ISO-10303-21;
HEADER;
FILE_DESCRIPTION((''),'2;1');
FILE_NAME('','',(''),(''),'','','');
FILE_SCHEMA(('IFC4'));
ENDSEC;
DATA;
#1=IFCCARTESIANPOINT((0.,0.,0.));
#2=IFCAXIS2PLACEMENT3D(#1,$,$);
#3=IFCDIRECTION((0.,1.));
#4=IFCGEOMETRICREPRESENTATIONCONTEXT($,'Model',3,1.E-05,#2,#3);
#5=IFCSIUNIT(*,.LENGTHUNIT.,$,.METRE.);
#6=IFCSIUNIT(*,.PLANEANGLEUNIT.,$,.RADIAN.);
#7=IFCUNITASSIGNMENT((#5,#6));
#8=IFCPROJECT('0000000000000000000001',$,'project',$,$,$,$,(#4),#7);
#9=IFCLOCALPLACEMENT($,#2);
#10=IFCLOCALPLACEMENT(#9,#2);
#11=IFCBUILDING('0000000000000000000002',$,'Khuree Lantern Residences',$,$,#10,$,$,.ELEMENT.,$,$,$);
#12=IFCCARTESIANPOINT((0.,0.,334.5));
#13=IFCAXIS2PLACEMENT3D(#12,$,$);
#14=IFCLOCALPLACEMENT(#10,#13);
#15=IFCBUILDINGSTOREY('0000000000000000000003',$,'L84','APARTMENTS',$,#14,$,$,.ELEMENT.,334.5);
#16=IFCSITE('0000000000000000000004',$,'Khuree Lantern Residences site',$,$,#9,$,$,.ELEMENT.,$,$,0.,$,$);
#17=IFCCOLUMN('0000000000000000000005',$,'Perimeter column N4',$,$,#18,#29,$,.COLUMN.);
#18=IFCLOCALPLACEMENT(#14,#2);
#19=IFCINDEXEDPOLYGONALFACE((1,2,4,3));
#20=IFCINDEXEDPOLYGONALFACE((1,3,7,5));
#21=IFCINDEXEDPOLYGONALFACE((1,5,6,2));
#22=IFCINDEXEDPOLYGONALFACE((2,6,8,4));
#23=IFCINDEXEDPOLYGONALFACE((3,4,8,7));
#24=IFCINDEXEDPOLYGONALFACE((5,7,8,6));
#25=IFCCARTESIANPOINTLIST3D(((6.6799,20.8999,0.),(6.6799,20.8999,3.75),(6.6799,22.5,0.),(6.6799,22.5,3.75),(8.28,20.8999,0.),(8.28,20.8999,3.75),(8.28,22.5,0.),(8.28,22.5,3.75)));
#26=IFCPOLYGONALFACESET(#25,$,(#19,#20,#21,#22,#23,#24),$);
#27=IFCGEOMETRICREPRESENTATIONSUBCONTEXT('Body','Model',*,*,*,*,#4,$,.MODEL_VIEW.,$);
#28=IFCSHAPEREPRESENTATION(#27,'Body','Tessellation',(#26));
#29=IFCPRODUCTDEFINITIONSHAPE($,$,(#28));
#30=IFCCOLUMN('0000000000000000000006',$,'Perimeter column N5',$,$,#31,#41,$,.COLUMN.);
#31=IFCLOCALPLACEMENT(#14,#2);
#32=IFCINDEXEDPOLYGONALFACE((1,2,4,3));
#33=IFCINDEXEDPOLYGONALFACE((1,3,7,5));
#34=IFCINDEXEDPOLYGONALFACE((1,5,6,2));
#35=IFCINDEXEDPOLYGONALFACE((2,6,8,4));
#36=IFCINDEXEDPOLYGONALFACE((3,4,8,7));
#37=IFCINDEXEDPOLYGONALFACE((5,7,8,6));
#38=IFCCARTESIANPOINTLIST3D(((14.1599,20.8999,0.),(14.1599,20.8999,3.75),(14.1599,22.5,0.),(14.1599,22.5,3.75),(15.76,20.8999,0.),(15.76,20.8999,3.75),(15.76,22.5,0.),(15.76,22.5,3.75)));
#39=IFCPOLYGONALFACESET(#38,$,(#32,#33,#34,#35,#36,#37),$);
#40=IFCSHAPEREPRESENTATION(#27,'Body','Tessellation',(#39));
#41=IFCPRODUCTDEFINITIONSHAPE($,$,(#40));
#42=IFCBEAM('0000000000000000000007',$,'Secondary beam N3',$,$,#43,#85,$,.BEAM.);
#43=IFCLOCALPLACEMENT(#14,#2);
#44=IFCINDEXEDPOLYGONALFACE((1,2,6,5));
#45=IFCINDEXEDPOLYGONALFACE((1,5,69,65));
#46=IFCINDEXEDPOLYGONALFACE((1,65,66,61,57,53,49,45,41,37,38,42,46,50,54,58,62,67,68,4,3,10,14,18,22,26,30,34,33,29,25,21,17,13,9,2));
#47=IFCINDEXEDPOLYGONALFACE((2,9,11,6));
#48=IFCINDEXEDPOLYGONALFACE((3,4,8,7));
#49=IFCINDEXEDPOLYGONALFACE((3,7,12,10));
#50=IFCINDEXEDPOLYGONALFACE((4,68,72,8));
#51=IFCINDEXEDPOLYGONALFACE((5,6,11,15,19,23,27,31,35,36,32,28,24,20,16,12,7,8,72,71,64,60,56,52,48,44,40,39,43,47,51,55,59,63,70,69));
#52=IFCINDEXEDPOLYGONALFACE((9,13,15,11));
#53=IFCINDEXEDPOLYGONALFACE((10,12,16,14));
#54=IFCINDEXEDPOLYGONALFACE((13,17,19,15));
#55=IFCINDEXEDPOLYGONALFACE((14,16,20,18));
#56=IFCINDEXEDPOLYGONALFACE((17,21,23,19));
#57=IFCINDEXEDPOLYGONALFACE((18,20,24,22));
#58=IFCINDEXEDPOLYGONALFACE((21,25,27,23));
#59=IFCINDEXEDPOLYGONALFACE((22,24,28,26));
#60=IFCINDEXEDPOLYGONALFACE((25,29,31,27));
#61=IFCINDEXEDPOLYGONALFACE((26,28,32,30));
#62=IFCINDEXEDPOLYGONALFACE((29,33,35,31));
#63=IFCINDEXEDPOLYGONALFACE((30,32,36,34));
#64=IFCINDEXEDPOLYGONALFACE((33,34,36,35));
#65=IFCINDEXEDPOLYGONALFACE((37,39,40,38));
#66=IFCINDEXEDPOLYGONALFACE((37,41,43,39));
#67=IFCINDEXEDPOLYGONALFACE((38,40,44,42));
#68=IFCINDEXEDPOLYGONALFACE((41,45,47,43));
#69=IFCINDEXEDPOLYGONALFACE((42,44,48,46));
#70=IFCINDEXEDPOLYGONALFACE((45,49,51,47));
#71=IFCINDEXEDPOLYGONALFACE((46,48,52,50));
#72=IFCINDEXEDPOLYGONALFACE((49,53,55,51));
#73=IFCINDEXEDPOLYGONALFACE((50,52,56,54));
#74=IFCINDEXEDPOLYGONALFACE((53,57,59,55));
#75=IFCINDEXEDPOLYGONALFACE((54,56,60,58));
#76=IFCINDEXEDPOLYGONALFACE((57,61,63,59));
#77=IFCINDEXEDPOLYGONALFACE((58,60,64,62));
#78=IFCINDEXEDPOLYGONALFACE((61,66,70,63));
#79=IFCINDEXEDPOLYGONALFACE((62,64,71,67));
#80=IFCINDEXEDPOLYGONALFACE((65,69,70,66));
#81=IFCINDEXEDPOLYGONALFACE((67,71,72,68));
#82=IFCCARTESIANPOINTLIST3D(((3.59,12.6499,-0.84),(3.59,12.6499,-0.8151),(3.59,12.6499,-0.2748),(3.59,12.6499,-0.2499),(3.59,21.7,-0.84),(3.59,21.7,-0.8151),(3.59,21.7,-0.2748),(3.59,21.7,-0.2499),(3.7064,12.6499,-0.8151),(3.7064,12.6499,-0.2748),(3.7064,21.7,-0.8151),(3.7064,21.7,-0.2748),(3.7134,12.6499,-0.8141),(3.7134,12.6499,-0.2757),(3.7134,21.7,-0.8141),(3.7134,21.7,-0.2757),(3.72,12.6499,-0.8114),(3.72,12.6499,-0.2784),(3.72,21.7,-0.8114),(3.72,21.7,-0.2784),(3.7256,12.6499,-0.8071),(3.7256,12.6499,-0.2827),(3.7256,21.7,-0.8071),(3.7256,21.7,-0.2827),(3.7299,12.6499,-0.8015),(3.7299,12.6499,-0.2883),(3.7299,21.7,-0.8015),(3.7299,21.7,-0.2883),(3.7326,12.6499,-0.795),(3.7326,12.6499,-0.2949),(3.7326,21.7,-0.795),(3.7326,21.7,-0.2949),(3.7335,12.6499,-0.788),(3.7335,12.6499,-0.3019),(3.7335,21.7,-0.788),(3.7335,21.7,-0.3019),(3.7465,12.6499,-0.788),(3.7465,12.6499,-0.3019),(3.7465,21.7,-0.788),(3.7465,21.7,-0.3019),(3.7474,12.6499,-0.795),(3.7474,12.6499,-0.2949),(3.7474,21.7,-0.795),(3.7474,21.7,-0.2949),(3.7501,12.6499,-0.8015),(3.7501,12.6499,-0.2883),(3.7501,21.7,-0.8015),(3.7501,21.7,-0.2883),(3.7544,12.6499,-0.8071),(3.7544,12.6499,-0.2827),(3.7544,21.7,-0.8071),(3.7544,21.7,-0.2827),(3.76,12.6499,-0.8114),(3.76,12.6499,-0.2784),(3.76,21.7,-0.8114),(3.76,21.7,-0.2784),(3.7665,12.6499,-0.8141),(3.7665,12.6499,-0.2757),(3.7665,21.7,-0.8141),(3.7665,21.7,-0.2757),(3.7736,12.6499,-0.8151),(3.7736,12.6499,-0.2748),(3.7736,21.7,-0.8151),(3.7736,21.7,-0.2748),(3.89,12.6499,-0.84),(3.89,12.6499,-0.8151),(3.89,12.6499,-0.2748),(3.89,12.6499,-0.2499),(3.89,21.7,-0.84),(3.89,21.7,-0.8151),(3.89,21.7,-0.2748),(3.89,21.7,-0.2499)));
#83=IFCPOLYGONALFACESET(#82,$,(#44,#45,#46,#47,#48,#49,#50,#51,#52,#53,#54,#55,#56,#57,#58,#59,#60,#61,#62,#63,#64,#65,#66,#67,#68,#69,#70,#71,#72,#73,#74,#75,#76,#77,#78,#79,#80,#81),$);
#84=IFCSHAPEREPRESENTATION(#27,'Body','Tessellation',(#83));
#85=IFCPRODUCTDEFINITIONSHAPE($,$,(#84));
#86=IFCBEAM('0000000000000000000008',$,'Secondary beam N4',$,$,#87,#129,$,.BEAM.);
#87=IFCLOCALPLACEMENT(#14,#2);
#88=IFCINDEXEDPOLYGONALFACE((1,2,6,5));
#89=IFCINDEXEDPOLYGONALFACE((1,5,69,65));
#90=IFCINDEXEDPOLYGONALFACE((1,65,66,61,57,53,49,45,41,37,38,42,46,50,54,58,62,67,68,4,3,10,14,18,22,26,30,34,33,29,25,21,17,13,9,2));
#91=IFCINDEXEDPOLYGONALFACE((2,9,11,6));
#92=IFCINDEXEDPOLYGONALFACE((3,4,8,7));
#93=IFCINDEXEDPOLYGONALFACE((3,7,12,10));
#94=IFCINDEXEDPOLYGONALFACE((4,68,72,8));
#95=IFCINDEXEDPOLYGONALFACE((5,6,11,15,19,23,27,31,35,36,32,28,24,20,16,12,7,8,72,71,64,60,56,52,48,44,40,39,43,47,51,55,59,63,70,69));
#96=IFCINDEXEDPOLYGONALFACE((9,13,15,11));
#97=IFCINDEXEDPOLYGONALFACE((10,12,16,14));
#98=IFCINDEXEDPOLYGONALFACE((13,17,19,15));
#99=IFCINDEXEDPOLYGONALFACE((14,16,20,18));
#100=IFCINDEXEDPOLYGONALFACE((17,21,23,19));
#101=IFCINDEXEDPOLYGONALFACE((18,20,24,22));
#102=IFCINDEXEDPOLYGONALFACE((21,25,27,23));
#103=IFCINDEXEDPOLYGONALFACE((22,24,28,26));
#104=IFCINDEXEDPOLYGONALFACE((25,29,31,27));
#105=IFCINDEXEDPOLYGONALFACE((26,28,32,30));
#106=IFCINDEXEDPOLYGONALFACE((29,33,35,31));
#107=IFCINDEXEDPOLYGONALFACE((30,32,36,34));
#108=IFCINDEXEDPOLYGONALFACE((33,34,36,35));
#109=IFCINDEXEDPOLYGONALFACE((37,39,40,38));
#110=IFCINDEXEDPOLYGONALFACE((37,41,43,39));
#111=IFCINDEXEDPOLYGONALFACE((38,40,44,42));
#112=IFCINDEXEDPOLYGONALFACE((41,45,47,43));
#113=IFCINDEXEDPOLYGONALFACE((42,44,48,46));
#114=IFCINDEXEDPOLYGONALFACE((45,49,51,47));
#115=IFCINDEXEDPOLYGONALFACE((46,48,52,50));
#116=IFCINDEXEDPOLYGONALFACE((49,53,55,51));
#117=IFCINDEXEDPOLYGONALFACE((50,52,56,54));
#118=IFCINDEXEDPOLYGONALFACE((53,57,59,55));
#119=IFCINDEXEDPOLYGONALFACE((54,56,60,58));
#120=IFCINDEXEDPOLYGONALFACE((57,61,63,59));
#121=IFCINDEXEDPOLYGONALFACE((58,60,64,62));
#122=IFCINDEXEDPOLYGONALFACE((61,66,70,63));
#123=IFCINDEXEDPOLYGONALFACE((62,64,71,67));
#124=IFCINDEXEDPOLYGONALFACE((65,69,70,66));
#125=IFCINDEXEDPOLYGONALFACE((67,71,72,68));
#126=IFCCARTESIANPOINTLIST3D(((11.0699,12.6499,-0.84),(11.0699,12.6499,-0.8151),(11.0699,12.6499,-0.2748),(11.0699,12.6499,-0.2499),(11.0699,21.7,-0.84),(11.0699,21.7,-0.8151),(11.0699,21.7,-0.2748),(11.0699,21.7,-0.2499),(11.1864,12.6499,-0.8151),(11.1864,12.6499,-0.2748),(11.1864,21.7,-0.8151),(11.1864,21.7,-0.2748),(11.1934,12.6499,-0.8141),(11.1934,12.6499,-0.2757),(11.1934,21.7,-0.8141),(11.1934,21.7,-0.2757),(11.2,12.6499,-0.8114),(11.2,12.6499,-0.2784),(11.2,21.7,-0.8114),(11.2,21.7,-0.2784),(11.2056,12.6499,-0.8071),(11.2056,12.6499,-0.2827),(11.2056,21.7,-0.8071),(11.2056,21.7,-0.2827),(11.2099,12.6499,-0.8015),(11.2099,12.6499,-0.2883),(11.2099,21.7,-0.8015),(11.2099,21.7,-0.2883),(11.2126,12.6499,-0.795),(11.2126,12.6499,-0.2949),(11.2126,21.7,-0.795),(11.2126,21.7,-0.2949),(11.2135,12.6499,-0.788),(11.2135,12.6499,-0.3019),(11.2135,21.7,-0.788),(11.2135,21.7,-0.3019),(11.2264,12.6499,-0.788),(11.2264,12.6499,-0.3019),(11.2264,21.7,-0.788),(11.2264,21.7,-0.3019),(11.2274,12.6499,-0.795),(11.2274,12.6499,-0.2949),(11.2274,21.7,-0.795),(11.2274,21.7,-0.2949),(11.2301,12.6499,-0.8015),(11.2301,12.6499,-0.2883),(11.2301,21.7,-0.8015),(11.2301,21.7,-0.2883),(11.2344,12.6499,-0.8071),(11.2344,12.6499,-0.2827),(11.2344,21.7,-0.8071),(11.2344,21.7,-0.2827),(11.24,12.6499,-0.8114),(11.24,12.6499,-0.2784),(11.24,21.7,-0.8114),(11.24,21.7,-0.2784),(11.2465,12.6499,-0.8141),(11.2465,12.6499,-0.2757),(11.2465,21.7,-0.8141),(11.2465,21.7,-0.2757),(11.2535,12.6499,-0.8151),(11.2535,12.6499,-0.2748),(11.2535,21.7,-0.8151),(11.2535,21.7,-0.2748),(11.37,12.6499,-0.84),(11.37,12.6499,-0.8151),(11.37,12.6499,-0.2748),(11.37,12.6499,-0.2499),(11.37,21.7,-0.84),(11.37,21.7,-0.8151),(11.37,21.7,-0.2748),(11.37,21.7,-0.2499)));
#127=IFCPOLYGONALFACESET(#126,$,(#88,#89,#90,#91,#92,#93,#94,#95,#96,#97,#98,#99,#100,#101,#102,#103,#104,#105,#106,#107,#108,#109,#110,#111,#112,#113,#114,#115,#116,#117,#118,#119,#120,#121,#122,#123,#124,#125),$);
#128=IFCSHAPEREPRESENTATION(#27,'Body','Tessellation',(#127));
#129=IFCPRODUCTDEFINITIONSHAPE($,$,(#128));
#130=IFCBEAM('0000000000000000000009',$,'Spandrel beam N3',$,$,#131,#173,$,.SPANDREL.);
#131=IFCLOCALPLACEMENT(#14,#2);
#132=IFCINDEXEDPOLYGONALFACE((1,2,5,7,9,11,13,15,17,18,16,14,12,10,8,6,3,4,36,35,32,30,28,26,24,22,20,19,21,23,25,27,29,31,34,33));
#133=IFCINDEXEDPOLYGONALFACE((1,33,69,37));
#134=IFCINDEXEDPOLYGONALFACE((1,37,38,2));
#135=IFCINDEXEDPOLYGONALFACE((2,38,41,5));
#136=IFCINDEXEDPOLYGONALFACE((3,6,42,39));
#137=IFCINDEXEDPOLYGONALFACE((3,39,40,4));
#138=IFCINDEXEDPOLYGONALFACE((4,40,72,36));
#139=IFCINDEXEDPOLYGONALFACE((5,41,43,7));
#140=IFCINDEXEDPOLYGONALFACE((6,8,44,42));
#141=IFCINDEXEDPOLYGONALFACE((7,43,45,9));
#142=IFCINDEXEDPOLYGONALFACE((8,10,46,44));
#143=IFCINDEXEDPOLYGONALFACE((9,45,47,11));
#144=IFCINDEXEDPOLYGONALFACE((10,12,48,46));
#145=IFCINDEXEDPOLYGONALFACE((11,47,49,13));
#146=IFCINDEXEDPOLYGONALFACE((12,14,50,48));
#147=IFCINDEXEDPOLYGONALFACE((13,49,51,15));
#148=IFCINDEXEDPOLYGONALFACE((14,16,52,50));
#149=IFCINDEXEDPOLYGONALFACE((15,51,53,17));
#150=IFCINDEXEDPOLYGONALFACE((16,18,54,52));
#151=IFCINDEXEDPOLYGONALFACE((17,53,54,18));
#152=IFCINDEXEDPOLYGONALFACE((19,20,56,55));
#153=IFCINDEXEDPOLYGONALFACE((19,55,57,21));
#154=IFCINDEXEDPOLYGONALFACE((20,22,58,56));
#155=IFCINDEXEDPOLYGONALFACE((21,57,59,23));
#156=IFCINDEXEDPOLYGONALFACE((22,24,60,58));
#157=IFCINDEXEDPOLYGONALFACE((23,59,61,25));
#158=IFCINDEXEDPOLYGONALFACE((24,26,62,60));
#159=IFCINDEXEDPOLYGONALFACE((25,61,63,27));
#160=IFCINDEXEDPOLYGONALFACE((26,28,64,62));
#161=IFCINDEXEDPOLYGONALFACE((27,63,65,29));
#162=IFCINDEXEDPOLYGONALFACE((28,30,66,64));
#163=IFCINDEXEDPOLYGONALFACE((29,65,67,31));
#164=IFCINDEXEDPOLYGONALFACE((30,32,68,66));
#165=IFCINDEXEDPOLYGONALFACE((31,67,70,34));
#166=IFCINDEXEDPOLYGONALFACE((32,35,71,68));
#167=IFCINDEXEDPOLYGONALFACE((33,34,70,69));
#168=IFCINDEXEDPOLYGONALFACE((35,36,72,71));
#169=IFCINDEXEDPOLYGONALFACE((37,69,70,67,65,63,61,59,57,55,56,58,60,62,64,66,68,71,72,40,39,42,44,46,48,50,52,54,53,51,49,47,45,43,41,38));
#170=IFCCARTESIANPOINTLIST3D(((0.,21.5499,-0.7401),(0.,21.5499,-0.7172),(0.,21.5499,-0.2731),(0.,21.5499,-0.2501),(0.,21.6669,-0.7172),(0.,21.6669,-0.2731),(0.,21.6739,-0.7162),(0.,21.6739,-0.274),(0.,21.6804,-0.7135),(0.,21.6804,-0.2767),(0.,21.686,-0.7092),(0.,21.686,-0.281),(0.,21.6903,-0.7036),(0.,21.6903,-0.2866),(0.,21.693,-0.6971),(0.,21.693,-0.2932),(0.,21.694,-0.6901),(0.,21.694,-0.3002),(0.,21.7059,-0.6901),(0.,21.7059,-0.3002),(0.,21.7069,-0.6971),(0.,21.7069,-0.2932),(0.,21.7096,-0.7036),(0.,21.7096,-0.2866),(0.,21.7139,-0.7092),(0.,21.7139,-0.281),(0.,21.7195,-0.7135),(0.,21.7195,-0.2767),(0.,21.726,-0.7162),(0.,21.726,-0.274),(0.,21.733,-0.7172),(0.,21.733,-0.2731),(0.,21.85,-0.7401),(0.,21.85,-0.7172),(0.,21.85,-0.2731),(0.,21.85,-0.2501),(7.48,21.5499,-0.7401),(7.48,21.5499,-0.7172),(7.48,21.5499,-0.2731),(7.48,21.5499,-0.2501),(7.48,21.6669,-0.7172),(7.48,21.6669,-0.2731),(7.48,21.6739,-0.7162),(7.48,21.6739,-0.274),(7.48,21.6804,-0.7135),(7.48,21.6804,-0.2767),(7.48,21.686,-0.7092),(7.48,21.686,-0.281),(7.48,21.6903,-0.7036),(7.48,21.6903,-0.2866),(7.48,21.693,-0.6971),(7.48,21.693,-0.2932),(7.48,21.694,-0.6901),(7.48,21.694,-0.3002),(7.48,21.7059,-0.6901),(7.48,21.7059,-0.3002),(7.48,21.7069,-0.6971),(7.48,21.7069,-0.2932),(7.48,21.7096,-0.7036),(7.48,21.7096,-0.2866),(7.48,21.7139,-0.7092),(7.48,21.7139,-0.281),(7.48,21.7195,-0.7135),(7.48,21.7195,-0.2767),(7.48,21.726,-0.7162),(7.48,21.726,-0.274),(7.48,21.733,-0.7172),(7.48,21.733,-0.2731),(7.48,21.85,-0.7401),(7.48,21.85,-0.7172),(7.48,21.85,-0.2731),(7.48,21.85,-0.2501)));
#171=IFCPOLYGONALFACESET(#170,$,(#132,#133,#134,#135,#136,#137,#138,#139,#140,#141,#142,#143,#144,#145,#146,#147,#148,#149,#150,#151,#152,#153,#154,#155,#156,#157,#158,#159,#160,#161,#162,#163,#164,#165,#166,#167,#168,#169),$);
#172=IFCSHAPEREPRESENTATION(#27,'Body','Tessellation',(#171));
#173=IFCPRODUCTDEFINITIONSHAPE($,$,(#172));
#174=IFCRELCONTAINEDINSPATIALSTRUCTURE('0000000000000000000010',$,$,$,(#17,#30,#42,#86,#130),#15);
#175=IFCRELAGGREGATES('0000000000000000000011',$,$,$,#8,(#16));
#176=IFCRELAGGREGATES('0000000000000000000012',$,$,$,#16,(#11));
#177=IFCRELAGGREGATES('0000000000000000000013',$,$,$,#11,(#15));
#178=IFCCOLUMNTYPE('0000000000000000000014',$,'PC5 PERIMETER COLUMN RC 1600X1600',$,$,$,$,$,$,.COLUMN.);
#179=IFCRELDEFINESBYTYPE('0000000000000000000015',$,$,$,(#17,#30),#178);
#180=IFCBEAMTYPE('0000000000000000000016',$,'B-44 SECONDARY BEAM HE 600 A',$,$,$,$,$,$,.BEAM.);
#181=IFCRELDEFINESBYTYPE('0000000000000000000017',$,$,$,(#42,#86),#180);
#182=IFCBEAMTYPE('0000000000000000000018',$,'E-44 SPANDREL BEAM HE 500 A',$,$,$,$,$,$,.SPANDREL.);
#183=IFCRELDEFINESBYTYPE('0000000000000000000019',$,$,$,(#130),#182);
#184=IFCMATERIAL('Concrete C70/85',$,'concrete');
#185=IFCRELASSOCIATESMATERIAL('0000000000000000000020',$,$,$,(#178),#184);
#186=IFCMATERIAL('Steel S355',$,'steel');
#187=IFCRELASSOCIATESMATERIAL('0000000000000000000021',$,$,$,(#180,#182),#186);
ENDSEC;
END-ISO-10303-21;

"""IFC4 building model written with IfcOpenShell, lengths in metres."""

from ifc_helpers import new_model, si_unit, direction, frame, origin, origin_2d, place, context, subcontext, project, spatial, rectangle, i_section, extrude, material, material_profile, profile_set, type_object, element, save


model = new_model("IFC4")

# Units and contexts
model_context = context("Model", 3, precision=1e-05, world=origin(), true_north=direction((0.0, 1.0)))
body_context = subcontext(model_context, "Body", "Model", "MODEL_VIEW")
ifc_project = project(units=[si_unit("LENGTHUNIT", "METRE"), si_unit("PLANEANGLEUNIT", "RADIAN")], contexts=[model_context])

# Site, building, storey
site_placement = place(None, origin())
site = spatial("IfcSite", under=ifc_project, at=site_placement, Name="Khuree Lantern Residences site", CompositionType="ELEMENT", RefElevation=0.0)
building_placement = place(site_placement, origin())
building = spatial("IfcBuilding", under=site, at=building_placement, Name="Khuree Lantern Residences", CompositionType="ELEMENT")
storey_placement = place(building_placement, frame((0.0, 0.0, 334.5)))
storey = spatial("IfcBuildingStorey", under=building, at=storey_placement, Name="L84", Description="APARTMENTS", CompositionType="ELEMENT", Elevation=334.5)

# Columns
ifc_material_1 = material(Name="Concrete C70/85", Category="concrete")
ifc_material_profile_1 = material_profile(ifc_material_1, rectangle(XDim=1.6001, YDim=1.6001, at=origin_2d()), Name="RC 1600X1600")
ifc_profile_set_1 = profile_set([ifc_material_profile_1], Name="Concrete C70/85")
column_type = type_object("IfcColumnType", Name="PC5 PERIMETER COLUMN RC 1600X1600", PredefinedType="COLUMN", material=ifc_profile_set_1)
for number, where, z_axis, x_axis, name in (
    (1, (7.48, 21.7, 0.0), (0.0, 0.0, 1.0), (1.0, 0.0, 0.0), "Perimeter column N4"),
    (2, (14.96, 21.7, 0.0), (0.0, 0.0, 1.0), (1.0, 0.0, 0.0), "Perimeter column N5"),
):
    element("IfcColumn", number, at=place(storey_placement, frame(where, z_axis=z_axis, x_axis=x_axis)), inside=storey, type_object=column_type, Name=name, PredefinedType="COLUMN", context=body_context, shape_type="SweptSolid", body=[
        extrude(rectangle(XDim=1.6001, YDim=1.6001, at=origin_2d()), origin(), (0.0, 0.0, 1.0), 3.75),
    ])

# Beams
ifc_material_2 = material(Name="Steel S355", Category="steel")
ifc_material_profile_2 = material_profile(ifc_material_2, i_section(OverallWidth=0.3, OverallDepth=0.5901, WebThickness=0.0129, FlangeThickness=0.0249, FilletRadius=0.0271, at=origin_2d()), Name="HE 600 A")
ifc_profile_set_2 = profile_set([ifc_material_profile_2], Name="Steel S355")
beam_type_1 = type_object("IfcBeamType", Name="B-44 SECONDARY BEAM HE 600 A", PredefinedType="BEAM", material=ifc_profile_set_2)
for number, where, z_axis, x_axis, name in (
    (3, (3.74, 21.7, -0.5449), (0.0, -1.0, 0.0), (1.0, 0.0, 0.0), "Secondary beam N3"),
    (4, (11.22, 21.7, -0.5449), (0.0, -1.0, 0.0), (1.0, 0.0, 0.0), "Secondary beam N4"),
):
    element("IfcBeam", number, at=place(storey_placement, frame(where, z_axis=z_axis, x_axis=x_axis)), inside=storey, type_object=beam_type_1, Name=name, PredefinedType="BEAM", context=body_context, shape_type="SweptSolid", body=[
        extrude(i_section(OverallWidth=0.3, OverallDepth=0.5901, WebThickness=0.0129, FlangeThickness=0.0249, FilletRadius=0.0271, at=origin_2d()), origin(), (0.0, 0.0, 1.0), 9.05),
    ])
ifc_material_profile_3 = material_profile(ifc_material_2, i_section(OverallWidth=0.3, OverallDepth=0.49, WebThickness=0.012, FlangeThickness=0.0229, FilletRadius=0.0271, at=origin_2d()), Name="HE 500 A")
ifc_profile_set_3 = profile_set([ifc_material_profile_3], Name="Steel S355")
beam_type_2 = type_object("IfcBeamType", Name="E-44 SPANDREL BEAM HE 500 A", PredefinedType="SPANDREL", material=ifc_profile_set_3)
for number, where, z_axis, x_axis, name in (
    (5, (0.0, 21.7, -0.4951), (1.0, 0.0, 0.0), (0.0, 1.0, 0.0), "Spandrel beam N3"),
):
    element("IfcBeam", number, at=place(storey_placement, frame(where, z_axis=z_axis, x_axis=x_axis)), inside=storey, type_object=beam_type_2, Name=name, PredefinedType="SPANDREL", context=body_context, shape_type="SweptSolid", body=[
        extrude(i_section(OverallWidth=0.3, OverallDepth=0.49, WebThickness=0.012, FlangeThickness=0.0229, FilletRadius=0.0271, at=origin_2d()), origin(), (0.0, 0.0, 1.0), 7.48),
    ])

save(model, "model.ifc")
